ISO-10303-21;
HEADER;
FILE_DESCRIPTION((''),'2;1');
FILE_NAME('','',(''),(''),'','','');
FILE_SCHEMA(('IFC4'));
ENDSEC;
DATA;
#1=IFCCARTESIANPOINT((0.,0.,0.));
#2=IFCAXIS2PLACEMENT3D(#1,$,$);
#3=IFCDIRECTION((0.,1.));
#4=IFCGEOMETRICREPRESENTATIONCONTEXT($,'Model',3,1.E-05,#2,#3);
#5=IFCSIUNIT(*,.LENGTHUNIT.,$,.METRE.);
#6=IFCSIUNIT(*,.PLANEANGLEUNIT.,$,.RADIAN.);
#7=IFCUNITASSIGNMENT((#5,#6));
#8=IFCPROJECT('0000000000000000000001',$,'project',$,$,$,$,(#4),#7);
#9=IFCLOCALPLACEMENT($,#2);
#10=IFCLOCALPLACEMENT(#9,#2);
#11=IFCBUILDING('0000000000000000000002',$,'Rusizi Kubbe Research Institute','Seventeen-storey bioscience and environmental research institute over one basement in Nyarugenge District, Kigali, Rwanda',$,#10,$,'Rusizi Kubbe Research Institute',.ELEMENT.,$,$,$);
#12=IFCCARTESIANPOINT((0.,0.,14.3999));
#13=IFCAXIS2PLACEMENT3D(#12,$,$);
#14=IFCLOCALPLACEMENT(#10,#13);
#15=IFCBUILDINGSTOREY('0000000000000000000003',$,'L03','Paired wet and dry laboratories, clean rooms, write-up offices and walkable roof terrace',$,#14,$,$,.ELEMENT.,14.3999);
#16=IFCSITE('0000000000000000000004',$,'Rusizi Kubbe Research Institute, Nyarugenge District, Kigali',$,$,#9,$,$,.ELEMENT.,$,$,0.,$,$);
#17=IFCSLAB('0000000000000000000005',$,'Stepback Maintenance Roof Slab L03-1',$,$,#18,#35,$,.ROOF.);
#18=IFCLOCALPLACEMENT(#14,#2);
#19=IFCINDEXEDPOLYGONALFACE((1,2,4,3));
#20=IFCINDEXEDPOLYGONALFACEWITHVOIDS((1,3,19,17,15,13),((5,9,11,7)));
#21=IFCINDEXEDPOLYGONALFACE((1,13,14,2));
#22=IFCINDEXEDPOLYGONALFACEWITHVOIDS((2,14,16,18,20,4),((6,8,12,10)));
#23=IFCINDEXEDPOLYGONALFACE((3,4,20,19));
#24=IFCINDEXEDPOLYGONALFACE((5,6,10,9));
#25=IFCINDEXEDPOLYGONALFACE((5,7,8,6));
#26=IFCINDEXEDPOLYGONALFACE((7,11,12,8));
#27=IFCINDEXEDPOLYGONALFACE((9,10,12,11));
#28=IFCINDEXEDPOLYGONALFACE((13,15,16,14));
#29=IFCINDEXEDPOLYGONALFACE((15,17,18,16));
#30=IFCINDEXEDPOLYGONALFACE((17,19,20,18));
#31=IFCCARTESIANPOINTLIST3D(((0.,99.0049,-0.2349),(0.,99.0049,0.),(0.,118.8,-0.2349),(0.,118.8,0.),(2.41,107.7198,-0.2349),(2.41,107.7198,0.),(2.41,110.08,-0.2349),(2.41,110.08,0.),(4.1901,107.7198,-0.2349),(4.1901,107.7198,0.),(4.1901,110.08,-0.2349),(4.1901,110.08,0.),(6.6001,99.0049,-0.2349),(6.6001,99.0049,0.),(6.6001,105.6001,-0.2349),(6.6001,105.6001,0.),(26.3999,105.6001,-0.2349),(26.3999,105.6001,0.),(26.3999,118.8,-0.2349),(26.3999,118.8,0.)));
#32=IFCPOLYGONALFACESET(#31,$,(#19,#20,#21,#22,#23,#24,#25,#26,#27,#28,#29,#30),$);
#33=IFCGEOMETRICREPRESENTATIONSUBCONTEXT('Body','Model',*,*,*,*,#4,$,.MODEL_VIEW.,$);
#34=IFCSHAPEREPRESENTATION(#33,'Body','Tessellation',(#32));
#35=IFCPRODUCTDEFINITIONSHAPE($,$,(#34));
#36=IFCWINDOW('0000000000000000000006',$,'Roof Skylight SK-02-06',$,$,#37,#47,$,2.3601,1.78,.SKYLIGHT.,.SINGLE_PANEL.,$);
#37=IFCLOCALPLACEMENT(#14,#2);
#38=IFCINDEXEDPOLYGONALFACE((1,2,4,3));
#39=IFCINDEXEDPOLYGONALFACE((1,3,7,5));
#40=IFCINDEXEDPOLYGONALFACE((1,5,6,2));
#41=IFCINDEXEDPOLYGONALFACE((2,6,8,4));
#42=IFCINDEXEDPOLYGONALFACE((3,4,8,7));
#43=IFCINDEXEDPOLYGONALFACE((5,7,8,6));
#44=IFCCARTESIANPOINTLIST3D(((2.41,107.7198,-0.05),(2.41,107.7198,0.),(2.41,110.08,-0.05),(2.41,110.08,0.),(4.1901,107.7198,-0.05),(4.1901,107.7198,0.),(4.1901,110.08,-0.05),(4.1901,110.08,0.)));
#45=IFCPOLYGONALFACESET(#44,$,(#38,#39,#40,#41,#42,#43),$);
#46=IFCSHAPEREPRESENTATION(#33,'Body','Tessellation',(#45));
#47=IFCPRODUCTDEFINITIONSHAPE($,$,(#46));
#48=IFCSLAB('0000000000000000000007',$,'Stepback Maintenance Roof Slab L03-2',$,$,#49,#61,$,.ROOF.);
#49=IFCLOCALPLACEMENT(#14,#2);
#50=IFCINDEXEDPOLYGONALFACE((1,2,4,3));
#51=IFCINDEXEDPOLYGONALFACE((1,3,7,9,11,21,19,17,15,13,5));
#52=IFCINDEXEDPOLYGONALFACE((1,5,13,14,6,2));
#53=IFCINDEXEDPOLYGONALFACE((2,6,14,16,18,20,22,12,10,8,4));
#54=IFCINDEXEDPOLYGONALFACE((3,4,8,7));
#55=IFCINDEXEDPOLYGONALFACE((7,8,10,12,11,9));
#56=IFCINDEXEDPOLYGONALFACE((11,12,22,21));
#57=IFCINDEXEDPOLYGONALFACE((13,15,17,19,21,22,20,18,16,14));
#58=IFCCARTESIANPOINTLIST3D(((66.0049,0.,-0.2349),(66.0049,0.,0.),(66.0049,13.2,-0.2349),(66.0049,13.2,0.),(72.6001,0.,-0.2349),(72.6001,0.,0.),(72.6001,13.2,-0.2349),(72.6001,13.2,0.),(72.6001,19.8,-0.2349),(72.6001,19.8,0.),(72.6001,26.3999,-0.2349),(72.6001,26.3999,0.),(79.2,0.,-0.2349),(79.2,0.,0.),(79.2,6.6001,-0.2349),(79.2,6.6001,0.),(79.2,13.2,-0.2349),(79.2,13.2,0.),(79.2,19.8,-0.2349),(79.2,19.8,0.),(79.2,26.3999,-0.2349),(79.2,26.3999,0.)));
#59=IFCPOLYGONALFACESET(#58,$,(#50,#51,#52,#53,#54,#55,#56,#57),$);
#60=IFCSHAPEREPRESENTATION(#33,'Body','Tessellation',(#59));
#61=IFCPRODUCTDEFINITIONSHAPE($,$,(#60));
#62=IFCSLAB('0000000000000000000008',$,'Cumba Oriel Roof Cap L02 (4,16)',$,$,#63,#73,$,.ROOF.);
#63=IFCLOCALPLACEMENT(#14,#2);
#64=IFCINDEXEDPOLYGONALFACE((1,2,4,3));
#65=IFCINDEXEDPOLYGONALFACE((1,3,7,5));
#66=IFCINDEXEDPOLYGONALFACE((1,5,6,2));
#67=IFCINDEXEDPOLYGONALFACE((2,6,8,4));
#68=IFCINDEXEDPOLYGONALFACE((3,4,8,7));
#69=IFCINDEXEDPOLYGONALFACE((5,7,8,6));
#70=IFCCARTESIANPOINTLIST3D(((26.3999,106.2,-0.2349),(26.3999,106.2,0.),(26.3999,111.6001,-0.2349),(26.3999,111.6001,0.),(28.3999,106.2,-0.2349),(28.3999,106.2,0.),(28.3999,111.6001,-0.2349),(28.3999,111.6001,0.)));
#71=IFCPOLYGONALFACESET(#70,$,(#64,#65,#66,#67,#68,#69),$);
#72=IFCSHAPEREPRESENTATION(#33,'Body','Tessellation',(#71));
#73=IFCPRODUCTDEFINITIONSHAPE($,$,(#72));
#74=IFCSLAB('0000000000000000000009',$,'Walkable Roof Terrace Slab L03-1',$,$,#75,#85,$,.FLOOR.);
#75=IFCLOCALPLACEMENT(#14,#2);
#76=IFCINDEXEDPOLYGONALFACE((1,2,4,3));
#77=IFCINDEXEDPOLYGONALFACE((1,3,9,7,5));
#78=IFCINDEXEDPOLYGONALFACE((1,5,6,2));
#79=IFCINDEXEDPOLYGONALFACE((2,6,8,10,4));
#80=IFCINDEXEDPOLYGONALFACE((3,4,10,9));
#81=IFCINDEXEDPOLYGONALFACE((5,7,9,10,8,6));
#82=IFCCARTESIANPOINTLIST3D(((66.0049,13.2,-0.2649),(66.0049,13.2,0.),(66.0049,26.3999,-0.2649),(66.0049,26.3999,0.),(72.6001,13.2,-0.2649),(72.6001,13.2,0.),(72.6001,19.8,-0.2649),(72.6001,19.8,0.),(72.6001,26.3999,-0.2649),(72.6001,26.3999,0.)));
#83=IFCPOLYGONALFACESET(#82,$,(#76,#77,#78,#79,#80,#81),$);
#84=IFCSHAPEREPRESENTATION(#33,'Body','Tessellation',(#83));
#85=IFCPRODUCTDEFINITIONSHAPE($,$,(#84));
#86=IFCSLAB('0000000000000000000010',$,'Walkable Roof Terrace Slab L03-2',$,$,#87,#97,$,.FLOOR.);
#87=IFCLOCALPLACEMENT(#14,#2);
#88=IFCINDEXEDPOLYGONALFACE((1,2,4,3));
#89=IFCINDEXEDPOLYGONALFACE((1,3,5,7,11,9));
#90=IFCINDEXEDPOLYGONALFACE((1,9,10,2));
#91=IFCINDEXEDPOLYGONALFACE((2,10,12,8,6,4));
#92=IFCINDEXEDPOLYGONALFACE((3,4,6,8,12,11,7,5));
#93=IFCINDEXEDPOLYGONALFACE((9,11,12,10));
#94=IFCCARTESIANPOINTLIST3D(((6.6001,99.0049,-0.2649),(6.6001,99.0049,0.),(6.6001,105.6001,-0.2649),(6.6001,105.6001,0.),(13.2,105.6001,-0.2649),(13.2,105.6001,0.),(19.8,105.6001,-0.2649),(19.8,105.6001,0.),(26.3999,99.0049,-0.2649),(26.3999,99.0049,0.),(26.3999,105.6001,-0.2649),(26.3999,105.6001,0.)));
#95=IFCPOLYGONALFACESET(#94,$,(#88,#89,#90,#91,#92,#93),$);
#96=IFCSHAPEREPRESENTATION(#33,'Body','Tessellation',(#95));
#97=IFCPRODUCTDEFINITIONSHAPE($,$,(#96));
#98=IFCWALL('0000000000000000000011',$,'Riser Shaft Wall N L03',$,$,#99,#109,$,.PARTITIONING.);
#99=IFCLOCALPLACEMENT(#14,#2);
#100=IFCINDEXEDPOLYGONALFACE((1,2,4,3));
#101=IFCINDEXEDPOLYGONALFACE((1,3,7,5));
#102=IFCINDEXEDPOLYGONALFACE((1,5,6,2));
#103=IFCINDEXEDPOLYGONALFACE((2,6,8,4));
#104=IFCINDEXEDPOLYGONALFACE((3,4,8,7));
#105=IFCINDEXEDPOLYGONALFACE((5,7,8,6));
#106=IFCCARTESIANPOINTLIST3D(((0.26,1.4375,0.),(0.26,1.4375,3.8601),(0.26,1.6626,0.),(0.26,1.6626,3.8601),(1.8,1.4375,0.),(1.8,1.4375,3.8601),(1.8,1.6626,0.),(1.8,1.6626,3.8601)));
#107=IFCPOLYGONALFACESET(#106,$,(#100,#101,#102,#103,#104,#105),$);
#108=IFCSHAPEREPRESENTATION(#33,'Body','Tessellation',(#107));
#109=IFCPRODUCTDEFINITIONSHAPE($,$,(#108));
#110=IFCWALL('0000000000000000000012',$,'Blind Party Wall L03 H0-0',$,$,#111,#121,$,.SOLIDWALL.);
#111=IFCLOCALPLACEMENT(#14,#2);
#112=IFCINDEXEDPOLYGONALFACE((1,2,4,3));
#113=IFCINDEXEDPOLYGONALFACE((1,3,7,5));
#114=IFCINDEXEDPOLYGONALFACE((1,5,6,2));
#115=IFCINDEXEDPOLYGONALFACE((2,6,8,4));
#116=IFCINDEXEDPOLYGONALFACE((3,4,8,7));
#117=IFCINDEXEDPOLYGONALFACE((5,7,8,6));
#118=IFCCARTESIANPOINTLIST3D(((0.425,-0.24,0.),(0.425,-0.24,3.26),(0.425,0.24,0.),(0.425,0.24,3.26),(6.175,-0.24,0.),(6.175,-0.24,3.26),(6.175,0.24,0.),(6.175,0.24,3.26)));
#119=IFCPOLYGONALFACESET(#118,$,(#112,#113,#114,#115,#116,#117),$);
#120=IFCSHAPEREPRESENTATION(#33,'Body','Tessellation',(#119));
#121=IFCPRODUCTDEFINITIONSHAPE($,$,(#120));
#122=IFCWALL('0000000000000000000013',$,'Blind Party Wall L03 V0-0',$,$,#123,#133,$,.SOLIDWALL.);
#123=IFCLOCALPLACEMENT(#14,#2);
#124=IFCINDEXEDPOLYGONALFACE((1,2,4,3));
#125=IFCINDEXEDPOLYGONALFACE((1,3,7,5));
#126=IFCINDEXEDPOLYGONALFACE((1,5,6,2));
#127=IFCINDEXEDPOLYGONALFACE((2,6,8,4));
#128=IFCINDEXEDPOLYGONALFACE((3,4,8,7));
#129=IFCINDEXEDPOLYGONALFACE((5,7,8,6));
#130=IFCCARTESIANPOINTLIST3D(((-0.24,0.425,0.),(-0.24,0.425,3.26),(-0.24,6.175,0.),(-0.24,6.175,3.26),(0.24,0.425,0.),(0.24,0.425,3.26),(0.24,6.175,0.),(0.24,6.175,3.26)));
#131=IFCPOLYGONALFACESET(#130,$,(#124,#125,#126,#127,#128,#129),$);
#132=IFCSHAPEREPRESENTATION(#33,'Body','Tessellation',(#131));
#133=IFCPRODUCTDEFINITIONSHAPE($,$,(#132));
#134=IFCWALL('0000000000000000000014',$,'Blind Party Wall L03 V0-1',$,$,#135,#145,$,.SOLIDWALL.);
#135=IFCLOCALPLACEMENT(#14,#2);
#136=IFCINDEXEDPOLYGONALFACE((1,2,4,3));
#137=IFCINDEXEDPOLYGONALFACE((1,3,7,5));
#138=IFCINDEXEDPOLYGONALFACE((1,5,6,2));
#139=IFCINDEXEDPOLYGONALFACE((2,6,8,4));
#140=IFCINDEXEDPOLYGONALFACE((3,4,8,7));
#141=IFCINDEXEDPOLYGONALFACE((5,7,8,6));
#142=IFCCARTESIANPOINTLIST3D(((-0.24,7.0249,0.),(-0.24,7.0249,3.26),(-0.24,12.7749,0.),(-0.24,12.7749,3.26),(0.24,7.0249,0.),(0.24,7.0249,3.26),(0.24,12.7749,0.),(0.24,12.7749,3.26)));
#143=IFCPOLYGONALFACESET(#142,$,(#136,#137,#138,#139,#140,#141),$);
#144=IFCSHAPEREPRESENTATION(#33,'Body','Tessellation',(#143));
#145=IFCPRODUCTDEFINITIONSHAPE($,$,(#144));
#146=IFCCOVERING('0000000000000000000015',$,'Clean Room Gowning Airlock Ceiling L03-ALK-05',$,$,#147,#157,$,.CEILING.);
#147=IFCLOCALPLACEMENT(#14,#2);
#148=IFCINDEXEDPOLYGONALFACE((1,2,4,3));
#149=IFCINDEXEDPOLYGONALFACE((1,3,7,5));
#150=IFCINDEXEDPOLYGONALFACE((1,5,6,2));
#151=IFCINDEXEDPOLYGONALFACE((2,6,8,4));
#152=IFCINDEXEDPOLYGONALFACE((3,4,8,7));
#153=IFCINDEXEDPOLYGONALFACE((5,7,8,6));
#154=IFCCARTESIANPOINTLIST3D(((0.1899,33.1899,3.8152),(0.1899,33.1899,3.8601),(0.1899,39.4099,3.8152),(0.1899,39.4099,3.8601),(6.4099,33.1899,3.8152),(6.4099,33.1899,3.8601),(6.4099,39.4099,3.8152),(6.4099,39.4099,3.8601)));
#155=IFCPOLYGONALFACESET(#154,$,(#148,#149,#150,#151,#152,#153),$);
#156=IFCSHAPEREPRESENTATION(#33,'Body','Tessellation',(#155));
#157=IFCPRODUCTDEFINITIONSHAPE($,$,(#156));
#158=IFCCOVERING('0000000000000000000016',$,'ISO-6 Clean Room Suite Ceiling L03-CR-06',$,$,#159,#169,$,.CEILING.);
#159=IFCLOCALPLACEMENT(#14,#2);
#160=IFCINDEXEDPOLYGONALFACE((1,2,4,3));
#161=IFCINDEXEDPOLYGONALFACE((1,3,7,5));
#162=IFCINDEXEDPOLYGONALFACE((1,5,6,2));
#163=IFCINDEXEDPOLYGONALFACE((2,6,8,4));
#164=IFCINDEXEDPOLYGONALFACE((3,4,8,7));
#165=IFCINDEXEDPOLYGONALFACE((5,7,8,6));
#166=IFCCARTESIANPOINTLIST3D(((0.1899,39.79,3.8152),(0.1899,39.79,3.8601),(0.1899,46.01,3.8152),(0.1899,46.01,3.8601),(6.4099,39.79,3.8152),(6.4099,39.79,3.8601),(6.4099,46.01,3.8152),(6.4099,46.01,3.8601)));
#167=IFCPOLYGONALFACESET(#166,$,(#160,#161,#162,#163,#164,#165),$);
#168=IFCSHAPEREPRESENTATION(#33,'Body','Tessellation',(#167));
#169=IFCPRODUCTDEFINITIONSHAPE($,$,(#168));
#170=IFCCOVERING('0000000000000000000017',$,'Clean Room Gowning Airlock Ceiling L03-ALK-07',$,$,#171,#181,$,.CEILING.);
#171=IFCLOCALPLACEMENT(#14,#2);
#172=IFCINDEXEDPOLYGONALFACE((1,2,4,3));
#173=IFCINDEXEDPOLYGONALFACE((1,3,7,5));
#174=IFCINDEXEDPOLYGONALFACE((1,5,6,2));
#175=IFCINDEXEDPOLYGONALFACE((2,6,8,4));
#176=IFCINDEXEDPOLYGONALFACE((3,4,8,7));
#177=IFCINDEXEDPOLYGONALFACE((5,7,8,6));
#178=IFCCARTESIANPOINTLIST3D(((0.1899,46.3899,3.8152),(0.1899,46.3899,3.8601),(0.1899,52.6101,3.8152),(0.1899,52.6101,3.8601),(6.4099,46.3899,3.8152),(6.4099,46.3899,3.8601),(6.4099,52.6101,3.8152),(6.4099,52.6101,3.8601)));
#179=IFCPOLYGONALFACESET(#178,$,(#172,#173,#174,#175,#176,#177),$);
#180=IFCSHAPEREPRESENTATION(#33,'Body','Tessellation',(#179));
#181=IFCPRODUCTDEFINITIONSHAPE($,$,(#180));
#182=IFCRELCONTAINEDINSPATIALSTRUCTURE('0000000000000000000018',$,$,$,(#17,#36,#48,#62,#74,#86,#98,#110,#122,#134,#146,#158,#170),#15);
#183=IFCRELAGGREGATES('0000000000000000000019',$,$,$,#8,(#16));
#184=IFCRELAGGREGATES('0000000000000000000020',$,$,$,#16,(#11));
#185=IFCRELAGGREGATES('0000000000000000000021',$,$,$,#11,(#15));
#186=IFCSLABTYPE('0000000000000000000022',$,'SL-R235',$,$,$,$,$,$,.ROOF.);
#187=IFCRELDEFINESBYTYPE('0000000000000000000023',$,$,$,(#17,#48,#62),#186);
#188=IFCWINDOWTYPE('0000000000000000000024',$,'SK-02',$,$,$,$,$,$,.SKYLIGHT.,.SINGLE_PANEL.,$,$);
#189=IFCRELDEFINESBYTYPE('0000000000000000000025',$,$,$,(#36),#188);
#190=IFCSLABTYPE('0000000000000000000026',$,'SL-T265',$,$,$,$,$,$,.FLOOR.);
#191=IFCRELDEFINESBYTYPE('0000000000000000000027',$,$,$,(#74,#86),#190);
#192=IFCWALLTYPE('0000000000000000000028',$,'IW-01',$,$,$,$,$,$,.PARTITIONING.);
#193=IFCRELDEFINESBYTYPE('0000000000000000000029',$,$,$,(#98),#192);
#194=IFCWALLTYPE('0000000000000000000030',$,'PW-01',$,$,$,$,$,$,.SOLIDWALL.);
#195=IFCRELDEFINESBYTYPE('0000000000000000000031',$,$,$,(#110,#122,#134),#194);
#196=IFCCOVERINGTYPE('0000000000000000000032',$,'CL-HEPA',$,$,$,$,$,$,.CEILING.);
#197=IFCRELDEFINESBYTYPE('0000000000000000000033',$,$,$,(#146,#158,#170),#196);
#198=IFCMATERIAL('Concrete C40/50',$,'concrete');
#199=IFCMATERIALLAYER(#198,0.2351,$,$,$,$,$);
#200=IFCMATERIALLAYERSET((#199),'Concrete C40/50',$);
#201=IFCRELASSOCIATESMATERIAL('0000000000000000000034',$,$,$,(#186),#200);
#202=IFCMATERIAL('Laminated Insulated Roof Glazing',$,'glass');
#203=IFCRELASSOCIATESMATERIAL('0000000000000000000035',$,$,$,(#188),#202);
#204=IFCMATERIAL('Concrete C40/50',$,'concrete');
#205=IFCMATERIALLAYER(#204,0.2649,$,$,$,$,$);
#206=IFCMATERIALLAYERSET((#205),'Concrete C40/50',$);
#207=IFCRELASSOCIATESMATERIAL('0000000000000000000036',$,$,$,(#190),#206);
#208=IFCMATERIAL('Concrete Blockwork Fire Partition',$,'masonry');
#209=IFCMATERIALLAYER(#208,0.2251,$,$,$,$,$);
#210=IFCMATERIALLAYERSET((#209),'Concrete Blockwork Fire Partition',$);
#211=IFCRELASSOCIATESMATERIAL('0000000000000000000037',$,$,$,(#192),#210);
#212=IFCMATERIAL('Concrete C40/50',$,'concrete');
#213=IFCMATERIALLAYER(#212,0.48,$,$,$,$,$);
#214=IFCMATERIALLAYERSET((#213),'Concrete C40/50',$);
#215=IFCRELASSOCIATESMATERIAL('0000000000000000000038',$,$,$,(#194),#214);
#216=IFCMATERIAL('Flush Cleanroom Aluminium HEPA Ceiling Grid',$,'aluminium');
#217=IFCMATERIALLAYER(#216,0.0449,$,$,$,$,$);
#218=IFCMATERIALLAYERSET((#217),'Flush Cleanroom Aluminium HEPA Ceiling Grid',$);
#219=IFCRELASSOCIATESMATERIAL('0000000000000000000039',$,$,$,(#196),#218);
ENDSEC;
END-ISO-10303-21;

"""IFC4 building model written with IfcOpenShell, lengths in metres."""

from ifc_helpers import new_model, si_unit, direction, frame, frame_2d, origin, origin_2d, place, context, subcontext, project, spatial, polyline, rectangle, outline, extrude, material, layer, layer_set, type_object, element, fill, save


model = new_model("IFC4")

# Units and contexts
model_context = context("Model", 3, precision=1e-05, world=origin(), true_north=direction((0.0, 1.0)))
body_context = subcontext(model_context, "Body", "Model", "MODEL_VIEW")
ifc_project = project(units=[si_unit("LENGTHUNIT", "METRE"), si_unit("PLANEANGLEUNIT", "RADIAN")], contexts=[model_context])

# Site, building, storey
site_placement = place(None, origin())
site = spatial("IfcSite", under=ifc_project, at=site_placement, Name="Rusizi Kubbe Research Institute, Nyarugenge District, Kigali", CompositionType="ELEMENT", RefElevation=0.0)
building_placement = place(site_placement, origin())
building = spatial("IfcBuilding", under=site, at=building_placement, Name="Rusizi Kubbe Research Institute", Description="Seventeen-storey bioscience and environmental research institute over one basement in Nyarugenge District, Kigali, Rwanda", LongName="Rusizi Kubbe Research Institute", CompositionType="ELEMENT")
storey_placement = place(building_placement, frame((0.0, 0.0, 14.3999)))
storey = spatial("IfcBuildingStorey", under=building, at=storey_placement, Name="L03", Description="Paired wet and dry laboratories, clean rooms, write-up offices and walkable roof terrace", CompositionType="ELEMENT", Elevation=14.3999)

# Slab, opening, window
ifc_material_1 = material(Name="Concrete C40/50", Category="concrete")
ifc_layer_1 = layer(ifc_material_1, 0.2351)
ifc_layer_set_1 = layer_set([ifc_layer_1], Name="Concrete C40/50")
slab_type_1 = type_object("IfcSlabType", Name="SL-R235", PredefinedType="ROOF", material=ifc_layer_set_1)
slab_1_placement = place(storey_placement, frame((0.0, 0.0, -0.2349)))
slab_1 = element("IfcSlab", 1, at=slab_1_placement, inside=storey, type_object=slab_type_1, Name="Stepback Maintenance Roof Slab L03-1", PredefinedType="ROOF", context=body_context, shape_type="SweptSolid", body=[
    extrude(outline(polyline([(0.0, 112.2), (0.0, 118.8), (6.6001, 118.8), (13.2, 118.8), (19.8, 118.8), (26.3999, 118.8), (26.3999, 112.2), (26.3999, 105.6001), (19.8, 105.6001), (13.2, 105.6001), (6.6001, 105.6001), (6.6001, 99.0049), (0.0, 99.0049), (0.0, 105.6001), (0.0, 112.2)])), origin(), (0.0, 0.0, 1.0), 0.2349),
])
opening_placement = place(slab_1_placement, frame((3.3, 108.8999, -0.01)))
opening = element("IfcOpeningElement", 2, at=opening_placement, cuts=slab_1, PredefinedType="OPENING", context=body_context, shape_type="SweptSolid", body=[
    extrude(rectangle(XDim=1.78, YDim=2.3601, at=origin_2d()), origin(), (0.0, 0.0, 1.0), 0.2549),
])
ifc_material_2 = material(Name="Laminated Insulated Roof Glazing", Category="glass")
window_type = type_object("IfcWindowType", Name="SK-02", PartitioningType="SINGLE_PANEL", PredefinedType="SKYLIGHT", material=ifc_material_2)
window_placement = place(slab_1_placement, frame((3.3, 108.8999, 0.1848)))
window = element("IfcWindow", 3, at=window_placement, inside=storey, type_object=window_type, Name="Roof Skylight SK-02-06", OverallHeight=2.3601, OverallWidth=1.78, PartitioningType="SINGLE_PANEL", PredefinedType="SKYLIGHT", context=body_context, shape_type="SweptSolid", body=[
    extrude(rectangle(XDim=1.78, YDim=2.3601, at=origin_2d()), origin(), (0.0, 0.0, 1.0), 0.05),
])
fill(opening, window)

# Slabs
slab_2_placement = place(storey_placement, frame((0.0, 0.0, -0.2349)))
element("IfcSlab", 4, at=slab_2_placement, inside=storey, type_object=slab_type_1, Name="Stepback Maintenance Roof Slab L03-2", PredefinedType="ROOF", context=body_context, shape_type="SweptSolid", body=[
    extrude(outline(polyline([(72.6001, 19.8), (72.6001, 26.3999), (79.2, 26.3999), (79.2, 19.8), (79.2, 13.2), (79.2, 6.6001), (79.2, 0.0), (72.6001, 0.0), (66.0049, 0.0), (66.0049, 13.2), (72.6001, 13.2), (72.6001, 19.8)])), origin(), (0.0, 0.0, 1.0), 0.2349),
])
slab_3_placement = place(storey_placement, frame((0.0, 0.0, -0.2349)))
element("IfcSlab", 5, at=slab_3_placement, inside=storey, type_object=slab_type_1, Name="Cumba Oriel Roof Cap L02 (4,16)", PredefinedType="ROOF", context=body_context, shape_type="SweptSolid", body=[
    extrude(outline(polyline([(26.3999, 106.2), (28.3999, 106.2), (28.3999, 111.6001), (26.3999, 111.6001), (26.3999, 106.2)])), origin(), (0.0, 0.0, 1.0), 0.2349),
])
ifc_material_3 = material(Name="Concrete C40/50", Category="concrete")
ifc_layer_2 = layer(ifc_material_3, 0.2649)
ifc_layer_set_2 = layer_set([ifc_layer_2], Name="Concrete C40/50")
slab_type_2 = type_object("IfcSlabType", Name="SL-T265", PredefinedType="FLOOR", material=ifc_layer_set_2)
slab_4_placement = place(storey_placement, frame((0.0, 0.0, -0.2649)))
element("IfcSlab", 6, at=slab_4_placement, inside=storey, type_object=slab_type_2, Name="Walkable Roof Terrace Slab L03-1", PredefinedType="FLOOR", context=body_context, shape_type="SweptSolid", body=[
    extrude(outline(polyline([(72.6001, 26.3999), (72.6001, 19.8), (72.6001, 13.2), (66.0049, 13.2), (66.0049, 26.3999), (72.6001, 26.3999)])), origin(), (0.0, 0.0, 1.0), 0.2649),
])
slab_5_placement = place(storey_placement, frame((0.0, 0.0, -0.2649)))
element("IfcSlab", 7, at=slab_5_placement, inside=storey, type_object=slab_type_2, Name="Walkable Roof Terrace Slab L03-2", PredefinedType="FLOOR", context=body_context, shape_type="SweptSolid", body=[
    extrude(outline(polyline([(13.2, 105.6001), (19.8, 105.6001), (26.3999, 105.6001), (26.3999, 99.0049), (6.6001, 99.0049), (6.6001, 105.6001), (13.2, 105.6001)])), origin(), (0.0, 0.0, 1.0), 0.2649),
])

# Walls
ifc_material_4 = material(Name="Concrete Blockwork Fire Partition", Category="masonry")
ifc_layer_3 = layer(ifc_material_4, 0.2251)
ifc_layer_set_3 = layer_set([ifc_layer_3], Name="Concrete Blockwork Fire Partition")
wall_type_1 = type_object("IfcWallType", Name="IW-01", PredefinedType="PARTITIONING", material=ifc_layer_set_3)
wall_placement = place(storey_placement, frame((0.26, 1.55, 0.0), z_axis=(0.0, 0.0, 1.0), x_axis=(1.0, 0.0, 0.0)))
element("IfcWall", 8, at=wall_placement, inside=storey, type_object=wall_type_1, Name="Riser Shaft Wall N L03", PredefinedType="PARTITIONING", context=body_context, shape_type="SweptSolid", body=[
    extrude(rectangle(XDim=1.54, YDim=0.2251, at=frame_2d((0.77, 0.0))), origin(), (0.0, 0.0, 1.0), 3.8601),
])
ifc_material_5 = material(Name="Concrete C40/50", Category="concrete")
ifc_layer_4 = layer(ifc_material_5, 0.48)
ifc_layer_set_4 = layer_set([ifc_layer_4], Name="Concrete C40/50")
wall_type_2 = type_object("IfcWallType", Name="PW-01", PredefinedType="SOLIDWALL", material=ifc_layer_set_4)
for number, where, z_axis, x_axis, name in (
    (9, (0.425, 0.0, 0.0), (0.0, 0.0, 1.0), (1.0, 0.0, 0.0), "Blind Party Wall L03 H0-0"),
    (10, (0.0, 0.425, 0.0), (0.0, 0.0, 1.0), (0.0, 1.0, 0.0), "Blind Party Wall L03 V0-0"),
    (11, (0.0, 7.0249, 0.0), (0.0, 0.0, 1.0), (0.0, 1.0, 0.0), "Blind Party Wall L03 V0-1"),
):
    element("IfcWall", number, at=place(storey_placement, frame(where, z_axis=z_axis, x_axis=x_axis)), inside=storey, type_object=wall_type_2, Name=name, PredefinedType="SOLIDWALL", context=body_context, shape_type="SweptSolid", body=[
        extrude(rectangle(XDim=5.75, YDim=0.48, at=frame_2d((2.875, 0.0))), origin(), (0.0, 0.0, 1.0), 3.26),
    ])

# Coverings
ifc_material_6 = material(Name="Flush Cleanroom Aluminium HEPA Ceiling Grid", Category="aluminium")
ifc_layer_5 = layer(ifc_material_6, 0.0449)
ifc_layer_set_5 = layer_set([ifc_layer_5], Name="Flush Cleanroom Aluminium HEPA Ceiling Grid")
covering_type = type_object("IfcCoveringType", Name="CL-HEPA", PredefinedType="CEILING", material=ifc_layer_set_5)
covering_1_placement = place(storey_placement, frame((0.0, 0.0, 3.8152)))
element("IfcCovering", 12, at=covering_1_placement, inside=storey, type_object=covering_type, Name="Clean Room Gowning Airlock Ceiling L03-ALK-05", PredefinedType="CEILING", context=body_context, shape_type="SweptSolid", body=[
    extrude(outline(polyline([(0.1899, 33.1899), (6.4099, 33.1899), (6.4099, 39.4099), (0.1899, 39.4099), (0.1899, 33.1899)])), origin(), (0.0, 0.0, 1.0), 0.0449),
])
covering_2_placement = place(storey_placement, frame((0.0, 0.0, 3.8152)))
element("IfcCovering", 13, at=covering_2_placement, inside=storey, type_object=covering_type, Name="ISO-6 Clean Room Suite Ceiling L03-CR-06", PredefinedType="CEILING", context=body_context, shape_type="SweptSolid", body=[
    extrude(outline(polyline([(0.1899, 39.79), (6.4099, 39.79), (6.4099, 46.01), (0.1899, 46.01), (0.1899, 39.79)])), origin(), (0.0, 0.0, 1.0), 0.0449),
])
covering_3_placement = place(storey_placement, frame((0.0, 0.0, 3.8152)))
element("IfcCovering", 14, at=covering_3_placement, inside=storey, type_object=covering_type, Name="Clean Room Gowning Airlock Ceiling L03-ALK-07", PredefinedType="CEILING", context=body_context, shape_type="SweptSolid", body=[
    extrude(outline(polyline([(0.1899, 46.3899), (6.4099, 46.3899), (6.4099, 52.6101), (0.1899, 52.6101), (0.1899, 46.3899)])), origin(), (0.0, 0.0, 1.0), 0.0449),
])

save(model, "model.ifc")
